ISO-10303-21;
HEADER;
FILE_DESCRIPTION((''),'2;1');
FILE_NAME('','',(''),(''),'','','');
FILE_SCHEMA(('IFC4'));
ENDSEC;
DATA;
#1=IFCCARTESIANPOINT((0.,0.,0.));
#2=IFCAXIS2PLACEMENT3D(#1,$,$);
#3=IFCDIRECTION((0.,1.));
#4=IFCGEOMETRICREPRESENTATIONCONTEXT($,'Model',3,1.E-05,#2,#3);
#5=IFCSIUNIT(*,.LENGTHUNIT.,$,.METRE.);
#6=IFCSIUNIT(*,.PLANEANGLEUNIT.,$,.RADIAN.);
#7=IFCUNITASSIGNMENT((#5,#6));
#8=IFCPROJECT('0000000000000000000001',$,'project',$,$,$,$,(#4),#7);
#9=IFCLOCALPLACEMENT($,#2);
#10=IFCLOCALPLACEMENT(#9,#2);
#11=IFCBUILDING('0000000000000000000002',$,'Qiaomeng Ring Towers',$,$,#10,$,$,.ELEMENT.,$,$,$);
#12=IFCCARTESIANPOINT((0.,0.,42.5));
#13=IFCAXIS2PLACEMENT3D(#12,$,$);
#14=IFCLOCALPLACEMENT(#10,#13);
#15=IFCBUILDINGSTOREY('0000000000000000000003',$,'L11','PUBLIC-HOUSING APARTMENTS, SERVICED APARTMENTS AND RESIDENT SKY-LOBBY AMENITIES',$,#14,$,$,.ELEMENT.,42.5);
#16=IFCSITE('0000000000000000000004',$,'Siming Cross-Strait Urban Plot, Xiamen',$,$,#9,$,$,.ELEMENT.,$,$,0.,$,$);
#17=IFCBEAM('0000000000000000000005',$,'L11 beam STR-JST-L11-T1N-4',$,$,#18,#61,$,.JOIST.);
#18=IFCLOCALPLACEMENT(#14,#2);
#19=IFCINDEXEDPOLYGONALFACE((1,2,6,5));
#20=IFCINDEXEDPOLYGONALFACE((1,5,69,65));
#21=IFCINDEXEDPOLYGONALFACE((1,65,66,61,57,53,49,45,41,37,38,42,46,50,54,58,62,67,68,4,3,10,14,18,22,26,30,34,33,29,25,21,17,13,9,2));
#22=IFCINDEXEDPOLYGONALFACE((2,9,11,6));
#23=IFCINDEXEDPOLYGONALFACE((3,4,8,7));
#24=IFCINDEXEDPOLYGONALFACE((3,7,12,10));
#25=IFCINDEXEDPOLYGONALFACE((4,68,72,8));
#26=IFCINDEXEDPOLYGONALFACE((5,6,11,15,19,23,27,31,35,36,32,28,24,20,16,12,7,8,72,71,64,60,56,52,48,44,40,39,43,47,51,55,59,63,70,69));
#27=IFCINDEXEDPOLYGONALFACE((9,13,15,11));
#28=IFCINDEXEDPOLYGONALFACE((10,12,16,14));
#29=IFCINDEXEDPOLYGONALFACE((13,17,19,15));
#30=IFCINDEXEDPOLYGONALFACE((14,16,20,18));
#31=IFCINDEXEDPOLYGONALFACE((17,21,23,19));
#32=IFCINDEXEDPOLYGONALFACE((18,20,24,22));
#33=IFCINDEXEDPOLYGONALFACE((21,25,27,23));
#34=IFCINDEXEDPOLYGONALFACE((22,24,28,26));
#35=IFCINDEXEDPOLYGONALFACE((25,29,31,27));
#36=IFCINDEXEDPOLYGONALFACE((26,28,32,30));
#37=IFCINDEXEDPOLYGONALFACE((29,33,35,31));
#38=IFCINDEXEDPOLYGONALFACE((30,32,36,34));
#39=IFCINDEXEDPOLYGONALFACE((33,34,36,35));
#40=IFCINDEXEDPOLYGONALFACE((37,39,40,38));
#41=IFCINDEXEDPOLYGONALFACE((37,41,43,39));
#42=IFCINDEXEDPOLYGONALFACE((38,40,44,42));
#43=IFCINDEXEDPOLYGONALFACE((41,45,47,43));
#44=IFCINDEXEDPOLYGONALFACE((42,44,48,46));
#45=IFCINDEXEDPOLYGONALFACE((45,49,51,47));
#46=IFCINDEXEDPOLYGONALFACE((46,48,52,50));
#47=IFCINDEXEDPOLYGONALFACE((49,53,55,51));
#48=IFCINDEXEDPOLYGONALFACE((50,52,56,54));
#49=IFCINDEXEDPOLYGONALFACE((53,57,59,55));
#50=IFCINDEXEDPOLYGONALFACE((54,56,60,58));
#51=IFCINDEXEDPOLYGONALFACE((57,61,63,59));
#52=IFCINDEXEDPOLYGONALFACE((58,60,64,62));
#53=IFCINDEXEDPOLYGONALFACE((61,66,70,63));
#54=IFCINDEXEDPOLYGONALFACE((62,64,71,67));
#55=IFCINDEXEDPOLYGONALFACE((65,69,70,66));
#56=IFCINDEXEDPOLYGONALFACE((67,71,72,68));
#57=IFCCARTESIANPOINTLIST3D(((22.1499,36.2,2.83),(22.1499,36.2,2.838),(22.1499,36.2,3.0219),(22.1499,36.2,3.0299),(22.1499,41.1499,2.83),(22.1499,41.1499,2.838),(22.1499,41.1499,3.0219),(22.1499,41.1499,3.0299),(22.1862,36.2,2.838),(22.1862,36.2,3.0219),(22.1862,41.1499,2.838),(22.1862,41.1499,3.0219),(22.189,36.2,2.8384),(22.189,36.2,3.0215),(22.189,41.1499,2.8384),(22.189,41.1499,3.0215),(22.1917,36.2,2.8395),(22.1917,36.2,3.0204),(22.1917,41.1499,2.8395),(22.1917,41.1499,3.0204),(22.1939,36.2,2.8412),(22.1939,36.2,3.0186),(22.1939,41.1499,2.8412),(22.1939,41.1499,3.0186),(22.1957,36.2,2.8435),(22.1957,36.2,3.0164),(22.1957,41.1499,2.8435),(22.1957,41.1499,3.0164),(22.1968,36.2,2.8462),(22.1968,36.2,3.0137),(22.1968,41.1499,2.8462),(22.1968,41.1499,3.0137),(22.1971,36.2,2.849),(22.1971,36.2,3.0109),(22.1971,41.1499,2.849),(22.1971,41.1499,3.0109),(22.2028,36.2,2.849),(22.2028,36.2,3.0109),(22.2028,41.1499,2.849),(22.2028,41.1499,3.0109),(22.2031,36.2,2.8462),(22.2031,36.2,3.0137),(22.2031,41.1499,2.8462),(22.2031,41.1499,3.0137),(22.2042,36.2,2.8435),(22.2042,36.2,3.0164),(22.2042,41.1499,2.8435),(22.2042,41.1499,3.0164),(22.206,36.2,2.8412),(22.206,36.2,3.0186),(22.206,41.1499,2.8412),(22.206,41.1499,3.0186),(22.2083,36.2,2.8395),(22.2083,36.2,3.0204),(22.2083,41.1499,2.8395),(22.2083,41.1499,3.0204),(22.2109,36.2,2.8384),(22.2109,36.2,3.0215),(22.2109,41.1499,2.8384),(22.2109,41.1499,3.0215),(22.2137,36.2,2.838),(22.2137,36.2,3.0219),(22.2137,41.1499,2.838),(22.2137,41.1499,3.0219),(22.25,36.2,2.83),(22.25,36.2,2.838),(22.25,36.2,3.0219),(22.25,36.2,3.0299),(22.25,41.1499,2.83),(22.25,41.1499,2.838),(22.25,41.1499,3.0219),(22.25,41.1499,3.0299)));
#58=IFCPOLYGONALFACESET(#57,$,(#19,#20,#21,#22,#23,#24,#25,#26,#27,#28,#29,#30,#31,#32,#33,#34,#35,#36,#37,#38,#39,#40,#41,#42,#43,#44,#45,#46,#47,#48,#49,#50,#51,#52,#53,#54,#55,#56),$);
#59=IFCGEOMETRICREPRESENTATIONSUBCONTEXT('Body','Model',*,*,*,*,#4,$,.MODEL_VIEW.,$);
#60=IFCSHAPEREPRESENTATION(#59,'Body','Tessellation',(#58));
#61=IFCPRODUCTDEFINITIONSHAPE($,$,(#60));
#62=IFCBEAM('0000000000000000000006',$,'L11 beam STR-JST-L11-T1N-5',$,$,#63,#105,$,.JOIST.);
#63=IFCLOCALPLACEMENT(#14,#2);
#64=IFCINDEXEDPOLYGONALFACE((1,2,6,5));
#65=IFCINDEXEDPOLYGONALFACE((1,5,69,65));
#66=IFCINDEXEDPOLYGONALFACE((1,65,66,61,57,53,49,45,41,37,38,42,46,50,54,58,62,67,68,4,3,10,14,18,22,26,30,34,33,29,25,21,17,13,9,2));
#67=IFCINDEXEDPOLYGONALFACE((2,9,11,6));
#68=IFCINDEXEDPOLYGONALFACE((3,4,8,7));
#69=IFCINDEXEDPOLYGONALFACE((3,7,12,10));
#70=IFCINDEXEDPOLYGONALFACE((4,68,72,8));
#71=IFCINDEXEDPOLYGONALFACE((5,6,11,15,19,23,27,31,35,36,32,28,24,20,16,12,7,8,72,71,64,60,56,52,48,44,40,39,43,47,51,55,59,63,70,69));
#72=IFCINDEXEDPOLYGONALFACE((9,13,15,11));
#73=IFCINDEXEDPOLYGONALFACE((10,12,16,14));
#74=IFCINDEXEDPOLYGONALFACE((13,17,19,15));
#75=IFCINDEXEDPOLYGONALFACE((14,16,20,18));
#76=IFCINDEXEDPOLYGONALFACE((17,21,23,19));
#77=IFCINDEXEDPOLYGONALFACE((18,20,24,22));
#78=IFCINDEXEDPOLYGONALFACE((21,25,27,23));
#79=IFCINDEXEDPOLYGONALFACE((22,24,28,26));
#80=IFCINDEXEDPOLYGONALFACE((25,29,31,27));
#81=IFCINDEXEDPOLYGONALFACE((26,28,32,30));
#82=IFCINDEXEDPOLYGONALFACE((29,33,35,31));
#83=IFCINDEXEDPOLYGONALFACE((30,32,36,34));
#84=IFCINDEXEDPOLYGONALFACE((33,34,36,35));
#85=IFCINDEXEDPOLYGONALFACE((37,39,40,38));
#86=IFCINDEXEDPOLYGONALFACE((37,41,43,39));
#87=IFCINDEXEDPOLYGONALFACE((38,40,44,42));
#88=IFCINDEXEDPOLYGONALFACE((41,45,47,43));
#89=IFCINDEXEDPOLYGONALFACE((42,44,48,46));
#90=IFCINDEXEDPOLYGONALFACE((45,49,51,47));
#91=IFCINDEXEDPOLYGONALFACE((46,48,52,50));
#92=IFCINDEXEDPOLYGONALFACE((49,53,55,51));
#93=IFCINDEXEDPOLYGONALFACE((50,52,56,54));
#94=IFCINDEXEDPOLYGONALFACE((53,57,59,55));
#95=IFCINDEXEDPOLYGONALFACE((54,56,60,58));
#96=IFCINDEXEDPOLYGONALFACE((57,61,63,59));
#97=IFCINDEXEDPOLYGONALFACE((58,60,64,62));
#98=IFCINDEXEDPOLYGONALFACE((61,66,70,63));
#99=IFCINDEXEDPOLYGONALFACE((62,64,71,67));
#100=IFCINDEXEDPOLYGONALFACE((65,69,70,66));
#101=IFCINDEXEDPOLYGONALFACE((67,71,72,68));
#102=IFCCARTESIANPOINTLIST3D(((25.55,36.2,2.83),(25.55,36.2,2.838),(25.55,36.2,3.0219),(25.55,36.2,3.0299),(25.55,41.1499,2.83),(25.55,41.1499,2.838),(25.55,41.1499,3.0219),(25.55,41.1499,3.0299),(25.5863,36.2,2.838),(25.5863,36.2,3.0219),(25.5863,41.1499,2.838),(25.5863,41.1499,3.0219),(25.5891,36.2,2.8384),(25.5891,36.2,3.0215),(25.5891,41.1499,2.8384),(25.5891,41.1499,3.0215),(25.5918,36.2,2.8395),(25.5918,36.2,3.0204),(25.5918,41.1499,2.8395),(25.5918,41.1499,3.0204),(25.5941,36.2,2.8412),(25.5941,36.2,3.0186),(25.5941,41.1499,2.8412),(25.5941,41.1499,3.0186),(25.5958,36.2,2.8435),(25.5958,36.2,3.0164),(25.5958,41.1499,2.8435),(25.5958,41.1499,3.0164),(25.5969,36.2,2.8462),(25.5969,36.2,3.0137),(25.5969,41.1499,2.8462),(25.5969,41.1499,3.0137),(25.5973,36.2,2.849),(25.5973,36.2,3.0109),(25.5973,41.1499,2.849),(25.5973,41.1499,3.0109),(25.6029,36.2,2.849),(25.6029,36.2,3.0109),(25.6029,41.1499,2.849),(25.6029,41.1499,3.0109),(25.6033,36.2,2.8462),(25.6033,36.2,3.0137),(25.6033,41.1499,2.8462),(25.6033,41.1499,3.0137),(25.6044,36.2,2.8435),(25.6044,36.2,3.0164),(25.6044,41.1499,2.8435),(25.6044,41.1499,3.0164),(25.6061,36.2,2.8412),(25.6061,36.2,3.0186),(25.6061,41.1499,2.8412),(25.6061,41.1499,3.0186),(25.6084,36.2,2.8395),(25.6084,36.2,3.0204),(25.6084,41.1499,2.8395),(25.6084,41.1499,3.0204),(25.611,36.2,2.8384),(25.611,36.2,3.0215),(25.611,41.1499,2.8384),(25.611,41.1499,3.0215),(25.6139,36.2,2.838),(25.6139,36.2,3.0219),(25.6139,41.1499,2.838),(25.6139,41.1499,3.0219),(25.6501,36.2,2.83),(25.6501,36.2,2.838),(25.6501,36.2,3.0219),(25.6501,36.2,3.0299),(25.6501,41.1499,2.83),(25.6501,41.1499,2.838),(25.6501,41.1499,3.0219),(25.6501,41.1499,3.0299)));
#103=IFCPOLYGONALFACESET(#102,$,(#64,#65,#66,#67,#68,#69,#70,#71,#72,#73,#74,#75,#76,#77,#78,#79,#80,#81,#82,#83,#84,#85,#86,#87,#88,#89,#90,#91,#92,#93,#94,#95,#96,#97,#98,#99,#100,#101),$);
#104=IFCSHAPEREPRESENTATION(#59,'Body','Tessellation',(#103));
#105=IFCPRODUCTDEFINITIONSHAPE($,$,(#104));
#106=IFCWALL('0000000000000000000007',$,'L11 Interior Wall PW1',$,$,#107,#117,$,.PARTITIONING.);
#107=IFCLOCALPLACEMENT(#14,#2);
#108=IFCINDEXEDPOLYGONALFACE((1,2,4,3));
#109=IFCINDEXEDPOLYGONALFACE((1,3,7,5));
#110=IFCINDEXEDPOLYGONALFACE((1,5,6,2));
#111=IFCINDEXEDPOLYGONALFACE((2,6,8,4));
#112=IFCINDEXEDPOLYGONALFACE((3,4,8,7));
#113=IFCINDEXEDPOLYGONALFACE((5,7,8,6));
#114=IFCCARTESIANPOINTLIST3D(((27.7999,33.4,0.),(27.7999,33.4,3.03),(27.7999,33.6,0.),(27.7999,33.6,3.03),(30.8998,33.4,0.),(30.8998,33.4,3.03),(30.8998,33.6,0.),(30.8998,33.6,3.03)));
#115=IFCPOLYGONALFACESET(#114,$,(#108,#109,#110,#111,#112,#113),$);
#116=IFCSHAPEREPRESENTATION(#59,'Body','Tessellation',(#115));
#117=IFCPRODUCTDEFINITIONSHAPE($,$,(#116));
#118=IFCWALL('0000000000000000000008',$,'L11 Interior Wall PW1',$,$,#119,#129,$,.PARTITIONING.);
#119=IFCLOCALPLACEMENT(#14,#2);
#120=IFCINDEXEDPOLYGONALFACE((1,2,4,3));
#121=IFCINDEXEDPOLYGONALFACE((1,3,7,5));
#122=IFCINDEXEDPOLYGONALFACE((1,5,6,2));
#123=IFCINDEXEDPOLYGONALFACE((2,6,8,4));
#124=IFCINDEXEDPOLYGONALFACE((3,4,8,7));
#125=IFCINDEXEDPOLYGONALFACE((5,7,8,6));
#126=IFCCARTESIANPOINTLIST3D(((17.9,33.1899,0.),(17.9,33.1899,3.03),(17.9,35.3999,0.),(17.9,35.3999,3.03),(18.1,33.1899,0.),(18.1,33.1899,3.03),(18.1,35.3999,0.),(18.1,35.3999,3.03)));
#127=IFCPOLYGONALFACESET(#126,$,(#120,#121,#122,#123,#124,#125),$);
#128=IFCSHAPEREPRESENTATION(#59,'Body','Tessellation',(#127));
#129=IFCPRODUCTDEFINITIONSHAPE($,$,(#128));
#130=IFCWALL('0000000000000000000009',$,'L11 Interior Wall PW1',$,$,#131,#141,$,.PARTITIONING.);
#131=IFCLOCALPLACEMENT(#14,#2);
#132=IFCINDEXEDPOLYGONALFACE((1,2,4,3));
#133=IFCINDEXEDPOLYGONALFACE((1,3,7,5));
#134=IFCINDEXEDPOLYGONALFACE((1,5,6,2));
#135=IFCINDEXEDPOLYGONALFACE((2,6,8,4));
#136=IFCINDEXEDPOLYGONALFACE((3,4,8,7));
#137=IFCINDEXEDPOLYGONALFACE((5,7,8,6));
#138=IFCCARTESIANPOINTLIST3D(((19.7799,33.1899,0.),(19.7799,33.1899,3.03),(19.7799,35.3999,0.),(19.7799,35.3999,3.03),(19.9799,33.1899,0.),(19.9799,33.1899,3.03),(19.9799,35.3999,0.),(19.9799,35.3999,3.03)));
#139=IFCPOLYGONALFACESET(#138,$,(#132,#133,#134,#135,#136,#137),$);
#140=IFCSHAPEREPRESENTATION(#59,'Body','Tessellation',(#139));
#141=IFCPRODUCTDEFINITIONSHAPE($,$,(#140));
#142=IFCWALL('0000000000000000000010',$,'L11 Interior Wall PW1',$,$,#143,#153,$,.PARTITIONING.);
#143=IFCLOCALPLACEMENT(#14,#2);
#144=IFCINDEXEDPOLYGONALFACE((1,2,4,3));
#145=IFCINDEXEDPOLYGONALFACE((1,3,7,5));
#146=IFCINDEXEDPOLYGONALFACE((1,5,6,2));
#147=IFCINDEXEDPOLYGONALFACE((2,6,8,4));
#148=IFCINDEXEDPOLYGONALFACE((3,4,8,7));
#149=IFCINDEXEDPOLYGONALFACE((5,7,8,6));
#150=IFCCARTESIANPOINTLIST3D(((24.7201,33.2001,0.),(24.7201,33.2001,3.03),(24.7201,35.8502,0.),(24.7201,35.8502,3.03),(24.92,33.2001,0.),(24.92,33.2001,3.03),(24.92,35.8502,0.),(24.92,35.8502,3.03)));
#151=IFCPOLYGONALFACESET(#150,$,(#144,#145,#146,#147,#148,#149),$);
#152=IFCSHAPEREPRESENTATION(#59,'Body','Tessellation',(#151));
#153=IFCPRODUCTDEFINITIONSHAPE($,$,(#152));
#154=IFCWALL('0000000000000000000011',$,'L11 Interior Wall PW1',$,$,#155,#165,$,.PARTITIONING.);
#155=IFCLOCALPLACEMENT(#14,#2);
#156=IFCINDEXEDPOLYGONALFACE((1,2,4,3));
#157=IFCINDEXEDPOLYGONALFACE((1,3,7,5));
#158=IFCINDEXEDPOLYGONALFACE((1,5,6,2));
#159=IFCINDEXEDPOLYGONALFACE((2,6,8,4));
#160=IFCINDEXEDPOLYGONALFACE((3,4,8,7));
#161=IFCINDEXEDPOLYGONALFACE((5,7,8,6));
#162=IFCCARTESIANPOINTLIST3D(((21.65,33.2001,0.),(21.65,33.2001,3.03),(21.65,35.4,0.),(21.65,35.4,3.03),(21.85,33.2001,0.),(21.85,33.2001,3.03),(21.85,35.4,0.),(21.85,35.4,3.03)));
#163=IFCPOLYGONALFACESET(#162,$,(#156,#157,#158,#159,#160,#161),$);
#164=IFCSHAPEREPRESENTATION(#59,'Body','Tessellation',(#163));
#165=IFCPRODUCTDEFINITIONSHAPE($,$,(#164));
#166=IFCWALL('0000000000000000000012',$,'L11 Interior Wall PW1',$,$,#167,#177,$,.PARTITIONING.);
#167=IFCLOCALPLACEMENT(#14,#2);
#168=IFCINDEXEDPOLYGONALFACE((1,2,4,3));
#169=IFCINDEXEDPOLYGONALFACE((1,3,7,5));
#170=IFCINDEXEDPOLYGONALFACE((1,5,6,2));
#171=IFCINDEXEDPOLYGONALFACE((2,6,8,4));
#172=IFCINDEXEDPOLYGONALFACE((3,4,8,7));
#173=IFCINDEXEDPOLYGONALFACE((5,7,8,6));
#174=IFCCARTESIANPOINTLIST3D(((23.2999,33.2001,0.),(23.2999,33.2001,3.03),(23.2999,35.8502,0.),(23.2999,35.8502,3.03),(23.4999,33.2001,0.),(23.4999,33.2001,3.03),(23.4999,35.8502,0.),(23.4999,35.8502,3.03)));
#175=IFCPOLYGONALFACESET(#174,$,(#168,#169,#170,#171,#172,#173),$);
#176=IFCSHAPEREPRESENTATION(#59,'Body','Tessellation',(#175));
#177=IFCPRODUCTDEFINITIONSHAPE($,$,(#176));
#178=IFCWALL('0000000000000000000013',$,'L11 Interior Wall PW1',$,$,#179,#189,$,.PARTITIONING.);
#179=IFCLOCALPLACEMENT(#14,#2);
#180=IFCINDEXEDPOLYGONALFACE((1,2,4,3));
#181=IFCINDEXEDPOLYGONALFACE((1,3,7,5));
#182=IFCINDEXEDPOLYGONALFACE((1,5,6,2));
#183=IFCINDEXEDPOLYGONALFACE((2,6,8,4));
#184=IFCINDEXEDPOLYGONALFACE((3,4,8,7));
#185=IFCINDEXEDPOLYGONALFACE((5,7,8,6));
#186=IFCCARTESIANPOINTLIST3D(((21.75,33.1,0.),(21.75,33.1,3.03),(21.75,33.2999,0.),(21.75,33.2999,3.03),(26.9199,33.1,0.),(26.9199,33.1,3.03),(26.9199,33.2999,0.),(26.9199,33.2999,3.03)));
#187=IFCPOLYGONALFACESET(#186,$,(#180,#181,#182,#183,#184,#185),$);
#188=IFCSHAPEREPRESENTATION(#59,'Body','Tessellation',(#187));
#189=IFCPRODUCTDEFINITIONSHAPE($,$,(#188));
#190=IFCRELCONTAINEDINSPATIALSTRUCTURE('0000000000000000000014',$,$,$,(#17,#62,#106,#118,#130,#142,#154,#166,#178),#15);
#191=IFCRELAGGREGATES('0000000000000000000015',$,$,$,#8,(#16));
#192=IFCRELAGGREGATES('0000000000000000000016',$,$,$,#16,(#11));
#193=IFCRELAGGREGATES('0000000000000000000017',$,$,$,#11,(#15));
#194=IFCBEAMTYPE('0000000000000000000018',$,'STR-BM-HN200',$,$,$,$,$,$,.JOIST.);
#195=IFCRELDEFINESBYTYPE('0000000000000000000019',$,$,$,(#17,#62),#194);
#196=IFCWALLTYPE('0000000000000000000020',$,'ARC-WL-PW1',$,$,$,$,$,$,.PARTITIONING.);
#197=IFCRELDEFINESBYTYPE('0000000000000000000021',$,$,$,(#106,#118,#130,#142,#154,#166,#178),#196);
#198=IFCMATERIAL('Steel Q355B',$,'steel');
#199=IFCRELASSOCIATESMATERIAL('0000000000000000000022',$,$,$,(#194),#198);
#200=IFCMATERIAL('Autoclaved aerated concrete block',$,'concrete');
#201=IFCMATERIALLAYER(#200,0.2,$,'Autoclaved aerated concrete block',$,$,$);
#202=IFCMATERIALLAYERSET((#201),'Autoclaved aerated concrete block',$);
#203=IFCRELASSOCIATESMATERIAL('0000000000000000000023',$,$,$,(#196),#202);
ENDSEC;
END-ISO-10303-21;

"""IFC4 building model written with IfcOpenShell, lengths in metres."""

from ifc_helpers import new_model, si_unit, direction, frame, frame_2d, origin, origin_2d, place, context, subcontext, project, spatial, rectangle, i_section, extrude, source, transform, mapped, material, layer, layer_set, material_profile, profile_set, type_object, element, save


model = new_model("IFC4")

# Units and contexts
model_context = context("Model", 3, precision=1e-05, world=origin(), true_north=direction((0.0, 1.0)))
body_context = subcontext(model_context, "Body", "Model", "MODEL_VIEW")
ifc_project = project(units=[si_unit("LENGTHUNIT", "METRE"), si_unit("PLANEANGLEUNIT", "RADIAN")], contexts=[model_context])

# Site, building, storey
site_placement = place(None, origin())
site = spatial("IfcSite", under=ifc_project, at=site_placement, Name="Siming Cross-Strait Urban Plot, Xiamen", CompositionType="ELEMENT", RefElevation=0.0)
building_placement = place(site_placement, origin())
building = spatial("IfcBuilding", under=site, at=building_placement, Name="Qiaomeng Ring Towers", CompositionType="ELEMENT")
storey_placement = place(building_placement, frame((0.0, 0.0, 42.5)))
storey = spatial("IfcBuildingStorey", under=building, at=storey_placement, Name="L11", Description="PUBLIC-HOUSING APARTMENTS, SERVICED APARTMENTS AND RESIDENT SKY-LOBBY AMENITIES", CompositionType="ELEMENT", Elevation=42.5)

# Beams
ifc_material_1 = material(Name="Steel Q355B", Category="steel")
ifc_material_profile_1 = material_profile(ifc_material_1, i_section(OverallWidth=0.1001, OverallDepth=0.2, WebThickness=0.0056, FlangeThickness=0.0081, FilletRadius=0.011, at=origin_2d()), Name="HN 200x100x5.5x8")
ifc_profile_set_1 = profile_set([ifc_material_profile_1], Name="Steel Q355B")
beam_type_1 = type_object("IfcBeamType", Name="STR-BM-HN200", PredefinedType="JOIST", material=ifc_profile_set_1)
shared_shape_1 = source(origin(), body_context, "Body", "SweptSolid", [
    extrude(i_section(OverallWidth=0.1001, OverallDepth=0.2, WebThickness=0.0056, FlangeThickness=0.0081, FilletRadius=0.011, at=origin_2d()), origin(), (0.0, 0.0, 1.0), 4.95),
])
for number, where, z_axis, x_axis, name in (
    (1, (22.2, 36.2, 2.9299), (0.0, 1.0, 0.0), (-1.0, 0.0, 0.0), "L11 beam STR-JST-L11-T1N-4"),
    (2, (25.6001, 36.2, 2.9299), (0.0, 1.0, 0.0), (-1.0, 0.0, 0.0), "L11 beam STR-JST-L11-T1N-5"),
):
    element("IfcBeam", number, at=place(storey_placement, frame(where, z_axis=z_axis, x_axis=x_axis)), inside=storey, type_object=beam_type_1, Name=name, PredefinedType="JOIST", context=body_context, shape_type="MappedRepresentation", body=[
        mapped(shared_shape_1, transform((0.0, 0.0, 0.0), x_axis=(1.0, 0.0, 0.0), y_axis=(0.0, 1.0, 0.0), z_axis=(0.0, 0.0, 1.0), scale=1.0)),
    ])

# Walls
ifc_material_2 = material(Name="Autoclaved aerated concrete block", Category="concrete")
ifc_layer_1 = layer(ifc_material_2, 0.2, Name="Autoclaved aerated concrete block")
ifc_layer_set_1 = layer_set([ifc_layer_1], Name="Autoclaved aerated concrete block")
wall_type_1 = type_object("IfcWallType", Name="ARC-WL-PW1", PredefinedType="PARTITIONING", material=ifc_layer_set_1)
wall_1_placement = place(storey_placement, frame((27.8, 33.5, 0.0), z_axis=(0.0, 0.0, 1.0), x_axis=(1.0, 0.0, 0.0)))
element("IfcWall", 3, at=wall_1_placement, inside=storey, type_object=wall_type_1, Name="L11 Interior Wall PW1", PredefinedType="PARTITIONING", context=body_context, shape_type="SweptSolid", body=[
    extrude(rectangle(XDim=3.0999, YDim=0.2, at=frame_2d((1.5498, 0.0))), origin(), (0.0, 0.0, 1.0), 3.03),
])
for number, where, z_axis, x_axis, name in (
    (4, (18.0, 33.1899, 0.0), (0.0, 0.0, 1.0), (0.0, 1.0, 0.0), "L11 Interior Wall PW1"),
    (5, (19.8799, 33.1899, 0.0), (0.0, 0.0, 1.0), (0.0, 1.0, 0.0), "L11 Interior Wall PW1"),
):
    element("IfcWall", number, at=place(storey_placement, frame(where, z_axis=z_axis, x_axis=x_axis)), inside=storey, type_object=wall_type_1, Name=name, PredefinedType="PARTITIONING", context=body_context, shape_type="SweptSolid", body=[
        extrude(rectangle(XDim=2.21, YDim=0.2, at=frame_2d((1.105, 0.0))), origin(), (0.0, 0.0, 1.0), 3.03),
    ])
wall_2_placement = place(storey_placement, frame((24.8201, 33.2, 0.0), z_axis=(0.0, 0.0, 1.0), x_axis=(0.0, 1.0, 0.0)))
element("IfcWall", 6, at=wall_2_placement, inside=storey, type_object=wall_type_1, Name="L11 Interior Wall PW1", PredefinedType="PARTITIONING", context=body_context, shape_type="SweptSolid", body=[
    extrude(rectangle(XDim=2.6501, YDim=0.2, at=frame_2d((1.3252, 0.0))), origin(), (0.0, 0.0, 1.0), 3.03),
])
wall_3_placement = place(storey_placement, frame((21.75, 33.2, 0.0), z_axis=(0.0, 0.0, 1.0), x_axis=(0.0, 1.0, 0.0)))
element("IfcWall", 7, at=wall_3_placement, inside=storey, type_object=wall_type_1, Name="L11 Interior Wall PW1", PredefinedType="PARTITIONING", context=body_context, shape_type="SweptSolid", body=[
    extrude(rectangle(XDim=2.2, YDim=0.2, at=frame_2d((1.1001, 0.0))), origin(), (0.0, 0.0, 1.0), 3.03),
])
wall_4_placement = place(storey_placement, frame((23.3999, 33.2, 0.0), z_axis=(0.0, 0.0, 1.0), x_axis=(0.0, 1.0, 0.0)))
element("IfcWall", 8, at=wall_4_placement, inside=storey, type_object=wall_type_1, Name="L11 Interior Wall PW1", PredefinedType="PARTITIONING", context=body_context, shape_type="SweptSolid", body=[
    extrude(rectangle(XDim=2.6501, YDim=0.2, at=frame_2d((1.3252, 0.0))), origin(), (0.0, 0.0, 1.0), 3.03),
])
wall_5_placement = place(storey_placement, frame((21.75, 33.2, 0.0), z_axis=(0.0, 0.0, 1.0), x_axis=(1.0, 0.0, 0.0)))
element("IfcWall", 9, at=wall_5_placement, inside=storey, type_object=wall_type_1, Name="L11 Interior Wall PW1", PredefinedType="PARTITIONING", context=body_context, shape_type="SweptSolid", body=[
    extrude(rectangle(XDim=5.1699, YDim=0.2, at=frame_2d((2.585, 0.0))), origin(), (0.0, 0.0, 1.0), 3.03),
])

save(model, "model.ifc")
